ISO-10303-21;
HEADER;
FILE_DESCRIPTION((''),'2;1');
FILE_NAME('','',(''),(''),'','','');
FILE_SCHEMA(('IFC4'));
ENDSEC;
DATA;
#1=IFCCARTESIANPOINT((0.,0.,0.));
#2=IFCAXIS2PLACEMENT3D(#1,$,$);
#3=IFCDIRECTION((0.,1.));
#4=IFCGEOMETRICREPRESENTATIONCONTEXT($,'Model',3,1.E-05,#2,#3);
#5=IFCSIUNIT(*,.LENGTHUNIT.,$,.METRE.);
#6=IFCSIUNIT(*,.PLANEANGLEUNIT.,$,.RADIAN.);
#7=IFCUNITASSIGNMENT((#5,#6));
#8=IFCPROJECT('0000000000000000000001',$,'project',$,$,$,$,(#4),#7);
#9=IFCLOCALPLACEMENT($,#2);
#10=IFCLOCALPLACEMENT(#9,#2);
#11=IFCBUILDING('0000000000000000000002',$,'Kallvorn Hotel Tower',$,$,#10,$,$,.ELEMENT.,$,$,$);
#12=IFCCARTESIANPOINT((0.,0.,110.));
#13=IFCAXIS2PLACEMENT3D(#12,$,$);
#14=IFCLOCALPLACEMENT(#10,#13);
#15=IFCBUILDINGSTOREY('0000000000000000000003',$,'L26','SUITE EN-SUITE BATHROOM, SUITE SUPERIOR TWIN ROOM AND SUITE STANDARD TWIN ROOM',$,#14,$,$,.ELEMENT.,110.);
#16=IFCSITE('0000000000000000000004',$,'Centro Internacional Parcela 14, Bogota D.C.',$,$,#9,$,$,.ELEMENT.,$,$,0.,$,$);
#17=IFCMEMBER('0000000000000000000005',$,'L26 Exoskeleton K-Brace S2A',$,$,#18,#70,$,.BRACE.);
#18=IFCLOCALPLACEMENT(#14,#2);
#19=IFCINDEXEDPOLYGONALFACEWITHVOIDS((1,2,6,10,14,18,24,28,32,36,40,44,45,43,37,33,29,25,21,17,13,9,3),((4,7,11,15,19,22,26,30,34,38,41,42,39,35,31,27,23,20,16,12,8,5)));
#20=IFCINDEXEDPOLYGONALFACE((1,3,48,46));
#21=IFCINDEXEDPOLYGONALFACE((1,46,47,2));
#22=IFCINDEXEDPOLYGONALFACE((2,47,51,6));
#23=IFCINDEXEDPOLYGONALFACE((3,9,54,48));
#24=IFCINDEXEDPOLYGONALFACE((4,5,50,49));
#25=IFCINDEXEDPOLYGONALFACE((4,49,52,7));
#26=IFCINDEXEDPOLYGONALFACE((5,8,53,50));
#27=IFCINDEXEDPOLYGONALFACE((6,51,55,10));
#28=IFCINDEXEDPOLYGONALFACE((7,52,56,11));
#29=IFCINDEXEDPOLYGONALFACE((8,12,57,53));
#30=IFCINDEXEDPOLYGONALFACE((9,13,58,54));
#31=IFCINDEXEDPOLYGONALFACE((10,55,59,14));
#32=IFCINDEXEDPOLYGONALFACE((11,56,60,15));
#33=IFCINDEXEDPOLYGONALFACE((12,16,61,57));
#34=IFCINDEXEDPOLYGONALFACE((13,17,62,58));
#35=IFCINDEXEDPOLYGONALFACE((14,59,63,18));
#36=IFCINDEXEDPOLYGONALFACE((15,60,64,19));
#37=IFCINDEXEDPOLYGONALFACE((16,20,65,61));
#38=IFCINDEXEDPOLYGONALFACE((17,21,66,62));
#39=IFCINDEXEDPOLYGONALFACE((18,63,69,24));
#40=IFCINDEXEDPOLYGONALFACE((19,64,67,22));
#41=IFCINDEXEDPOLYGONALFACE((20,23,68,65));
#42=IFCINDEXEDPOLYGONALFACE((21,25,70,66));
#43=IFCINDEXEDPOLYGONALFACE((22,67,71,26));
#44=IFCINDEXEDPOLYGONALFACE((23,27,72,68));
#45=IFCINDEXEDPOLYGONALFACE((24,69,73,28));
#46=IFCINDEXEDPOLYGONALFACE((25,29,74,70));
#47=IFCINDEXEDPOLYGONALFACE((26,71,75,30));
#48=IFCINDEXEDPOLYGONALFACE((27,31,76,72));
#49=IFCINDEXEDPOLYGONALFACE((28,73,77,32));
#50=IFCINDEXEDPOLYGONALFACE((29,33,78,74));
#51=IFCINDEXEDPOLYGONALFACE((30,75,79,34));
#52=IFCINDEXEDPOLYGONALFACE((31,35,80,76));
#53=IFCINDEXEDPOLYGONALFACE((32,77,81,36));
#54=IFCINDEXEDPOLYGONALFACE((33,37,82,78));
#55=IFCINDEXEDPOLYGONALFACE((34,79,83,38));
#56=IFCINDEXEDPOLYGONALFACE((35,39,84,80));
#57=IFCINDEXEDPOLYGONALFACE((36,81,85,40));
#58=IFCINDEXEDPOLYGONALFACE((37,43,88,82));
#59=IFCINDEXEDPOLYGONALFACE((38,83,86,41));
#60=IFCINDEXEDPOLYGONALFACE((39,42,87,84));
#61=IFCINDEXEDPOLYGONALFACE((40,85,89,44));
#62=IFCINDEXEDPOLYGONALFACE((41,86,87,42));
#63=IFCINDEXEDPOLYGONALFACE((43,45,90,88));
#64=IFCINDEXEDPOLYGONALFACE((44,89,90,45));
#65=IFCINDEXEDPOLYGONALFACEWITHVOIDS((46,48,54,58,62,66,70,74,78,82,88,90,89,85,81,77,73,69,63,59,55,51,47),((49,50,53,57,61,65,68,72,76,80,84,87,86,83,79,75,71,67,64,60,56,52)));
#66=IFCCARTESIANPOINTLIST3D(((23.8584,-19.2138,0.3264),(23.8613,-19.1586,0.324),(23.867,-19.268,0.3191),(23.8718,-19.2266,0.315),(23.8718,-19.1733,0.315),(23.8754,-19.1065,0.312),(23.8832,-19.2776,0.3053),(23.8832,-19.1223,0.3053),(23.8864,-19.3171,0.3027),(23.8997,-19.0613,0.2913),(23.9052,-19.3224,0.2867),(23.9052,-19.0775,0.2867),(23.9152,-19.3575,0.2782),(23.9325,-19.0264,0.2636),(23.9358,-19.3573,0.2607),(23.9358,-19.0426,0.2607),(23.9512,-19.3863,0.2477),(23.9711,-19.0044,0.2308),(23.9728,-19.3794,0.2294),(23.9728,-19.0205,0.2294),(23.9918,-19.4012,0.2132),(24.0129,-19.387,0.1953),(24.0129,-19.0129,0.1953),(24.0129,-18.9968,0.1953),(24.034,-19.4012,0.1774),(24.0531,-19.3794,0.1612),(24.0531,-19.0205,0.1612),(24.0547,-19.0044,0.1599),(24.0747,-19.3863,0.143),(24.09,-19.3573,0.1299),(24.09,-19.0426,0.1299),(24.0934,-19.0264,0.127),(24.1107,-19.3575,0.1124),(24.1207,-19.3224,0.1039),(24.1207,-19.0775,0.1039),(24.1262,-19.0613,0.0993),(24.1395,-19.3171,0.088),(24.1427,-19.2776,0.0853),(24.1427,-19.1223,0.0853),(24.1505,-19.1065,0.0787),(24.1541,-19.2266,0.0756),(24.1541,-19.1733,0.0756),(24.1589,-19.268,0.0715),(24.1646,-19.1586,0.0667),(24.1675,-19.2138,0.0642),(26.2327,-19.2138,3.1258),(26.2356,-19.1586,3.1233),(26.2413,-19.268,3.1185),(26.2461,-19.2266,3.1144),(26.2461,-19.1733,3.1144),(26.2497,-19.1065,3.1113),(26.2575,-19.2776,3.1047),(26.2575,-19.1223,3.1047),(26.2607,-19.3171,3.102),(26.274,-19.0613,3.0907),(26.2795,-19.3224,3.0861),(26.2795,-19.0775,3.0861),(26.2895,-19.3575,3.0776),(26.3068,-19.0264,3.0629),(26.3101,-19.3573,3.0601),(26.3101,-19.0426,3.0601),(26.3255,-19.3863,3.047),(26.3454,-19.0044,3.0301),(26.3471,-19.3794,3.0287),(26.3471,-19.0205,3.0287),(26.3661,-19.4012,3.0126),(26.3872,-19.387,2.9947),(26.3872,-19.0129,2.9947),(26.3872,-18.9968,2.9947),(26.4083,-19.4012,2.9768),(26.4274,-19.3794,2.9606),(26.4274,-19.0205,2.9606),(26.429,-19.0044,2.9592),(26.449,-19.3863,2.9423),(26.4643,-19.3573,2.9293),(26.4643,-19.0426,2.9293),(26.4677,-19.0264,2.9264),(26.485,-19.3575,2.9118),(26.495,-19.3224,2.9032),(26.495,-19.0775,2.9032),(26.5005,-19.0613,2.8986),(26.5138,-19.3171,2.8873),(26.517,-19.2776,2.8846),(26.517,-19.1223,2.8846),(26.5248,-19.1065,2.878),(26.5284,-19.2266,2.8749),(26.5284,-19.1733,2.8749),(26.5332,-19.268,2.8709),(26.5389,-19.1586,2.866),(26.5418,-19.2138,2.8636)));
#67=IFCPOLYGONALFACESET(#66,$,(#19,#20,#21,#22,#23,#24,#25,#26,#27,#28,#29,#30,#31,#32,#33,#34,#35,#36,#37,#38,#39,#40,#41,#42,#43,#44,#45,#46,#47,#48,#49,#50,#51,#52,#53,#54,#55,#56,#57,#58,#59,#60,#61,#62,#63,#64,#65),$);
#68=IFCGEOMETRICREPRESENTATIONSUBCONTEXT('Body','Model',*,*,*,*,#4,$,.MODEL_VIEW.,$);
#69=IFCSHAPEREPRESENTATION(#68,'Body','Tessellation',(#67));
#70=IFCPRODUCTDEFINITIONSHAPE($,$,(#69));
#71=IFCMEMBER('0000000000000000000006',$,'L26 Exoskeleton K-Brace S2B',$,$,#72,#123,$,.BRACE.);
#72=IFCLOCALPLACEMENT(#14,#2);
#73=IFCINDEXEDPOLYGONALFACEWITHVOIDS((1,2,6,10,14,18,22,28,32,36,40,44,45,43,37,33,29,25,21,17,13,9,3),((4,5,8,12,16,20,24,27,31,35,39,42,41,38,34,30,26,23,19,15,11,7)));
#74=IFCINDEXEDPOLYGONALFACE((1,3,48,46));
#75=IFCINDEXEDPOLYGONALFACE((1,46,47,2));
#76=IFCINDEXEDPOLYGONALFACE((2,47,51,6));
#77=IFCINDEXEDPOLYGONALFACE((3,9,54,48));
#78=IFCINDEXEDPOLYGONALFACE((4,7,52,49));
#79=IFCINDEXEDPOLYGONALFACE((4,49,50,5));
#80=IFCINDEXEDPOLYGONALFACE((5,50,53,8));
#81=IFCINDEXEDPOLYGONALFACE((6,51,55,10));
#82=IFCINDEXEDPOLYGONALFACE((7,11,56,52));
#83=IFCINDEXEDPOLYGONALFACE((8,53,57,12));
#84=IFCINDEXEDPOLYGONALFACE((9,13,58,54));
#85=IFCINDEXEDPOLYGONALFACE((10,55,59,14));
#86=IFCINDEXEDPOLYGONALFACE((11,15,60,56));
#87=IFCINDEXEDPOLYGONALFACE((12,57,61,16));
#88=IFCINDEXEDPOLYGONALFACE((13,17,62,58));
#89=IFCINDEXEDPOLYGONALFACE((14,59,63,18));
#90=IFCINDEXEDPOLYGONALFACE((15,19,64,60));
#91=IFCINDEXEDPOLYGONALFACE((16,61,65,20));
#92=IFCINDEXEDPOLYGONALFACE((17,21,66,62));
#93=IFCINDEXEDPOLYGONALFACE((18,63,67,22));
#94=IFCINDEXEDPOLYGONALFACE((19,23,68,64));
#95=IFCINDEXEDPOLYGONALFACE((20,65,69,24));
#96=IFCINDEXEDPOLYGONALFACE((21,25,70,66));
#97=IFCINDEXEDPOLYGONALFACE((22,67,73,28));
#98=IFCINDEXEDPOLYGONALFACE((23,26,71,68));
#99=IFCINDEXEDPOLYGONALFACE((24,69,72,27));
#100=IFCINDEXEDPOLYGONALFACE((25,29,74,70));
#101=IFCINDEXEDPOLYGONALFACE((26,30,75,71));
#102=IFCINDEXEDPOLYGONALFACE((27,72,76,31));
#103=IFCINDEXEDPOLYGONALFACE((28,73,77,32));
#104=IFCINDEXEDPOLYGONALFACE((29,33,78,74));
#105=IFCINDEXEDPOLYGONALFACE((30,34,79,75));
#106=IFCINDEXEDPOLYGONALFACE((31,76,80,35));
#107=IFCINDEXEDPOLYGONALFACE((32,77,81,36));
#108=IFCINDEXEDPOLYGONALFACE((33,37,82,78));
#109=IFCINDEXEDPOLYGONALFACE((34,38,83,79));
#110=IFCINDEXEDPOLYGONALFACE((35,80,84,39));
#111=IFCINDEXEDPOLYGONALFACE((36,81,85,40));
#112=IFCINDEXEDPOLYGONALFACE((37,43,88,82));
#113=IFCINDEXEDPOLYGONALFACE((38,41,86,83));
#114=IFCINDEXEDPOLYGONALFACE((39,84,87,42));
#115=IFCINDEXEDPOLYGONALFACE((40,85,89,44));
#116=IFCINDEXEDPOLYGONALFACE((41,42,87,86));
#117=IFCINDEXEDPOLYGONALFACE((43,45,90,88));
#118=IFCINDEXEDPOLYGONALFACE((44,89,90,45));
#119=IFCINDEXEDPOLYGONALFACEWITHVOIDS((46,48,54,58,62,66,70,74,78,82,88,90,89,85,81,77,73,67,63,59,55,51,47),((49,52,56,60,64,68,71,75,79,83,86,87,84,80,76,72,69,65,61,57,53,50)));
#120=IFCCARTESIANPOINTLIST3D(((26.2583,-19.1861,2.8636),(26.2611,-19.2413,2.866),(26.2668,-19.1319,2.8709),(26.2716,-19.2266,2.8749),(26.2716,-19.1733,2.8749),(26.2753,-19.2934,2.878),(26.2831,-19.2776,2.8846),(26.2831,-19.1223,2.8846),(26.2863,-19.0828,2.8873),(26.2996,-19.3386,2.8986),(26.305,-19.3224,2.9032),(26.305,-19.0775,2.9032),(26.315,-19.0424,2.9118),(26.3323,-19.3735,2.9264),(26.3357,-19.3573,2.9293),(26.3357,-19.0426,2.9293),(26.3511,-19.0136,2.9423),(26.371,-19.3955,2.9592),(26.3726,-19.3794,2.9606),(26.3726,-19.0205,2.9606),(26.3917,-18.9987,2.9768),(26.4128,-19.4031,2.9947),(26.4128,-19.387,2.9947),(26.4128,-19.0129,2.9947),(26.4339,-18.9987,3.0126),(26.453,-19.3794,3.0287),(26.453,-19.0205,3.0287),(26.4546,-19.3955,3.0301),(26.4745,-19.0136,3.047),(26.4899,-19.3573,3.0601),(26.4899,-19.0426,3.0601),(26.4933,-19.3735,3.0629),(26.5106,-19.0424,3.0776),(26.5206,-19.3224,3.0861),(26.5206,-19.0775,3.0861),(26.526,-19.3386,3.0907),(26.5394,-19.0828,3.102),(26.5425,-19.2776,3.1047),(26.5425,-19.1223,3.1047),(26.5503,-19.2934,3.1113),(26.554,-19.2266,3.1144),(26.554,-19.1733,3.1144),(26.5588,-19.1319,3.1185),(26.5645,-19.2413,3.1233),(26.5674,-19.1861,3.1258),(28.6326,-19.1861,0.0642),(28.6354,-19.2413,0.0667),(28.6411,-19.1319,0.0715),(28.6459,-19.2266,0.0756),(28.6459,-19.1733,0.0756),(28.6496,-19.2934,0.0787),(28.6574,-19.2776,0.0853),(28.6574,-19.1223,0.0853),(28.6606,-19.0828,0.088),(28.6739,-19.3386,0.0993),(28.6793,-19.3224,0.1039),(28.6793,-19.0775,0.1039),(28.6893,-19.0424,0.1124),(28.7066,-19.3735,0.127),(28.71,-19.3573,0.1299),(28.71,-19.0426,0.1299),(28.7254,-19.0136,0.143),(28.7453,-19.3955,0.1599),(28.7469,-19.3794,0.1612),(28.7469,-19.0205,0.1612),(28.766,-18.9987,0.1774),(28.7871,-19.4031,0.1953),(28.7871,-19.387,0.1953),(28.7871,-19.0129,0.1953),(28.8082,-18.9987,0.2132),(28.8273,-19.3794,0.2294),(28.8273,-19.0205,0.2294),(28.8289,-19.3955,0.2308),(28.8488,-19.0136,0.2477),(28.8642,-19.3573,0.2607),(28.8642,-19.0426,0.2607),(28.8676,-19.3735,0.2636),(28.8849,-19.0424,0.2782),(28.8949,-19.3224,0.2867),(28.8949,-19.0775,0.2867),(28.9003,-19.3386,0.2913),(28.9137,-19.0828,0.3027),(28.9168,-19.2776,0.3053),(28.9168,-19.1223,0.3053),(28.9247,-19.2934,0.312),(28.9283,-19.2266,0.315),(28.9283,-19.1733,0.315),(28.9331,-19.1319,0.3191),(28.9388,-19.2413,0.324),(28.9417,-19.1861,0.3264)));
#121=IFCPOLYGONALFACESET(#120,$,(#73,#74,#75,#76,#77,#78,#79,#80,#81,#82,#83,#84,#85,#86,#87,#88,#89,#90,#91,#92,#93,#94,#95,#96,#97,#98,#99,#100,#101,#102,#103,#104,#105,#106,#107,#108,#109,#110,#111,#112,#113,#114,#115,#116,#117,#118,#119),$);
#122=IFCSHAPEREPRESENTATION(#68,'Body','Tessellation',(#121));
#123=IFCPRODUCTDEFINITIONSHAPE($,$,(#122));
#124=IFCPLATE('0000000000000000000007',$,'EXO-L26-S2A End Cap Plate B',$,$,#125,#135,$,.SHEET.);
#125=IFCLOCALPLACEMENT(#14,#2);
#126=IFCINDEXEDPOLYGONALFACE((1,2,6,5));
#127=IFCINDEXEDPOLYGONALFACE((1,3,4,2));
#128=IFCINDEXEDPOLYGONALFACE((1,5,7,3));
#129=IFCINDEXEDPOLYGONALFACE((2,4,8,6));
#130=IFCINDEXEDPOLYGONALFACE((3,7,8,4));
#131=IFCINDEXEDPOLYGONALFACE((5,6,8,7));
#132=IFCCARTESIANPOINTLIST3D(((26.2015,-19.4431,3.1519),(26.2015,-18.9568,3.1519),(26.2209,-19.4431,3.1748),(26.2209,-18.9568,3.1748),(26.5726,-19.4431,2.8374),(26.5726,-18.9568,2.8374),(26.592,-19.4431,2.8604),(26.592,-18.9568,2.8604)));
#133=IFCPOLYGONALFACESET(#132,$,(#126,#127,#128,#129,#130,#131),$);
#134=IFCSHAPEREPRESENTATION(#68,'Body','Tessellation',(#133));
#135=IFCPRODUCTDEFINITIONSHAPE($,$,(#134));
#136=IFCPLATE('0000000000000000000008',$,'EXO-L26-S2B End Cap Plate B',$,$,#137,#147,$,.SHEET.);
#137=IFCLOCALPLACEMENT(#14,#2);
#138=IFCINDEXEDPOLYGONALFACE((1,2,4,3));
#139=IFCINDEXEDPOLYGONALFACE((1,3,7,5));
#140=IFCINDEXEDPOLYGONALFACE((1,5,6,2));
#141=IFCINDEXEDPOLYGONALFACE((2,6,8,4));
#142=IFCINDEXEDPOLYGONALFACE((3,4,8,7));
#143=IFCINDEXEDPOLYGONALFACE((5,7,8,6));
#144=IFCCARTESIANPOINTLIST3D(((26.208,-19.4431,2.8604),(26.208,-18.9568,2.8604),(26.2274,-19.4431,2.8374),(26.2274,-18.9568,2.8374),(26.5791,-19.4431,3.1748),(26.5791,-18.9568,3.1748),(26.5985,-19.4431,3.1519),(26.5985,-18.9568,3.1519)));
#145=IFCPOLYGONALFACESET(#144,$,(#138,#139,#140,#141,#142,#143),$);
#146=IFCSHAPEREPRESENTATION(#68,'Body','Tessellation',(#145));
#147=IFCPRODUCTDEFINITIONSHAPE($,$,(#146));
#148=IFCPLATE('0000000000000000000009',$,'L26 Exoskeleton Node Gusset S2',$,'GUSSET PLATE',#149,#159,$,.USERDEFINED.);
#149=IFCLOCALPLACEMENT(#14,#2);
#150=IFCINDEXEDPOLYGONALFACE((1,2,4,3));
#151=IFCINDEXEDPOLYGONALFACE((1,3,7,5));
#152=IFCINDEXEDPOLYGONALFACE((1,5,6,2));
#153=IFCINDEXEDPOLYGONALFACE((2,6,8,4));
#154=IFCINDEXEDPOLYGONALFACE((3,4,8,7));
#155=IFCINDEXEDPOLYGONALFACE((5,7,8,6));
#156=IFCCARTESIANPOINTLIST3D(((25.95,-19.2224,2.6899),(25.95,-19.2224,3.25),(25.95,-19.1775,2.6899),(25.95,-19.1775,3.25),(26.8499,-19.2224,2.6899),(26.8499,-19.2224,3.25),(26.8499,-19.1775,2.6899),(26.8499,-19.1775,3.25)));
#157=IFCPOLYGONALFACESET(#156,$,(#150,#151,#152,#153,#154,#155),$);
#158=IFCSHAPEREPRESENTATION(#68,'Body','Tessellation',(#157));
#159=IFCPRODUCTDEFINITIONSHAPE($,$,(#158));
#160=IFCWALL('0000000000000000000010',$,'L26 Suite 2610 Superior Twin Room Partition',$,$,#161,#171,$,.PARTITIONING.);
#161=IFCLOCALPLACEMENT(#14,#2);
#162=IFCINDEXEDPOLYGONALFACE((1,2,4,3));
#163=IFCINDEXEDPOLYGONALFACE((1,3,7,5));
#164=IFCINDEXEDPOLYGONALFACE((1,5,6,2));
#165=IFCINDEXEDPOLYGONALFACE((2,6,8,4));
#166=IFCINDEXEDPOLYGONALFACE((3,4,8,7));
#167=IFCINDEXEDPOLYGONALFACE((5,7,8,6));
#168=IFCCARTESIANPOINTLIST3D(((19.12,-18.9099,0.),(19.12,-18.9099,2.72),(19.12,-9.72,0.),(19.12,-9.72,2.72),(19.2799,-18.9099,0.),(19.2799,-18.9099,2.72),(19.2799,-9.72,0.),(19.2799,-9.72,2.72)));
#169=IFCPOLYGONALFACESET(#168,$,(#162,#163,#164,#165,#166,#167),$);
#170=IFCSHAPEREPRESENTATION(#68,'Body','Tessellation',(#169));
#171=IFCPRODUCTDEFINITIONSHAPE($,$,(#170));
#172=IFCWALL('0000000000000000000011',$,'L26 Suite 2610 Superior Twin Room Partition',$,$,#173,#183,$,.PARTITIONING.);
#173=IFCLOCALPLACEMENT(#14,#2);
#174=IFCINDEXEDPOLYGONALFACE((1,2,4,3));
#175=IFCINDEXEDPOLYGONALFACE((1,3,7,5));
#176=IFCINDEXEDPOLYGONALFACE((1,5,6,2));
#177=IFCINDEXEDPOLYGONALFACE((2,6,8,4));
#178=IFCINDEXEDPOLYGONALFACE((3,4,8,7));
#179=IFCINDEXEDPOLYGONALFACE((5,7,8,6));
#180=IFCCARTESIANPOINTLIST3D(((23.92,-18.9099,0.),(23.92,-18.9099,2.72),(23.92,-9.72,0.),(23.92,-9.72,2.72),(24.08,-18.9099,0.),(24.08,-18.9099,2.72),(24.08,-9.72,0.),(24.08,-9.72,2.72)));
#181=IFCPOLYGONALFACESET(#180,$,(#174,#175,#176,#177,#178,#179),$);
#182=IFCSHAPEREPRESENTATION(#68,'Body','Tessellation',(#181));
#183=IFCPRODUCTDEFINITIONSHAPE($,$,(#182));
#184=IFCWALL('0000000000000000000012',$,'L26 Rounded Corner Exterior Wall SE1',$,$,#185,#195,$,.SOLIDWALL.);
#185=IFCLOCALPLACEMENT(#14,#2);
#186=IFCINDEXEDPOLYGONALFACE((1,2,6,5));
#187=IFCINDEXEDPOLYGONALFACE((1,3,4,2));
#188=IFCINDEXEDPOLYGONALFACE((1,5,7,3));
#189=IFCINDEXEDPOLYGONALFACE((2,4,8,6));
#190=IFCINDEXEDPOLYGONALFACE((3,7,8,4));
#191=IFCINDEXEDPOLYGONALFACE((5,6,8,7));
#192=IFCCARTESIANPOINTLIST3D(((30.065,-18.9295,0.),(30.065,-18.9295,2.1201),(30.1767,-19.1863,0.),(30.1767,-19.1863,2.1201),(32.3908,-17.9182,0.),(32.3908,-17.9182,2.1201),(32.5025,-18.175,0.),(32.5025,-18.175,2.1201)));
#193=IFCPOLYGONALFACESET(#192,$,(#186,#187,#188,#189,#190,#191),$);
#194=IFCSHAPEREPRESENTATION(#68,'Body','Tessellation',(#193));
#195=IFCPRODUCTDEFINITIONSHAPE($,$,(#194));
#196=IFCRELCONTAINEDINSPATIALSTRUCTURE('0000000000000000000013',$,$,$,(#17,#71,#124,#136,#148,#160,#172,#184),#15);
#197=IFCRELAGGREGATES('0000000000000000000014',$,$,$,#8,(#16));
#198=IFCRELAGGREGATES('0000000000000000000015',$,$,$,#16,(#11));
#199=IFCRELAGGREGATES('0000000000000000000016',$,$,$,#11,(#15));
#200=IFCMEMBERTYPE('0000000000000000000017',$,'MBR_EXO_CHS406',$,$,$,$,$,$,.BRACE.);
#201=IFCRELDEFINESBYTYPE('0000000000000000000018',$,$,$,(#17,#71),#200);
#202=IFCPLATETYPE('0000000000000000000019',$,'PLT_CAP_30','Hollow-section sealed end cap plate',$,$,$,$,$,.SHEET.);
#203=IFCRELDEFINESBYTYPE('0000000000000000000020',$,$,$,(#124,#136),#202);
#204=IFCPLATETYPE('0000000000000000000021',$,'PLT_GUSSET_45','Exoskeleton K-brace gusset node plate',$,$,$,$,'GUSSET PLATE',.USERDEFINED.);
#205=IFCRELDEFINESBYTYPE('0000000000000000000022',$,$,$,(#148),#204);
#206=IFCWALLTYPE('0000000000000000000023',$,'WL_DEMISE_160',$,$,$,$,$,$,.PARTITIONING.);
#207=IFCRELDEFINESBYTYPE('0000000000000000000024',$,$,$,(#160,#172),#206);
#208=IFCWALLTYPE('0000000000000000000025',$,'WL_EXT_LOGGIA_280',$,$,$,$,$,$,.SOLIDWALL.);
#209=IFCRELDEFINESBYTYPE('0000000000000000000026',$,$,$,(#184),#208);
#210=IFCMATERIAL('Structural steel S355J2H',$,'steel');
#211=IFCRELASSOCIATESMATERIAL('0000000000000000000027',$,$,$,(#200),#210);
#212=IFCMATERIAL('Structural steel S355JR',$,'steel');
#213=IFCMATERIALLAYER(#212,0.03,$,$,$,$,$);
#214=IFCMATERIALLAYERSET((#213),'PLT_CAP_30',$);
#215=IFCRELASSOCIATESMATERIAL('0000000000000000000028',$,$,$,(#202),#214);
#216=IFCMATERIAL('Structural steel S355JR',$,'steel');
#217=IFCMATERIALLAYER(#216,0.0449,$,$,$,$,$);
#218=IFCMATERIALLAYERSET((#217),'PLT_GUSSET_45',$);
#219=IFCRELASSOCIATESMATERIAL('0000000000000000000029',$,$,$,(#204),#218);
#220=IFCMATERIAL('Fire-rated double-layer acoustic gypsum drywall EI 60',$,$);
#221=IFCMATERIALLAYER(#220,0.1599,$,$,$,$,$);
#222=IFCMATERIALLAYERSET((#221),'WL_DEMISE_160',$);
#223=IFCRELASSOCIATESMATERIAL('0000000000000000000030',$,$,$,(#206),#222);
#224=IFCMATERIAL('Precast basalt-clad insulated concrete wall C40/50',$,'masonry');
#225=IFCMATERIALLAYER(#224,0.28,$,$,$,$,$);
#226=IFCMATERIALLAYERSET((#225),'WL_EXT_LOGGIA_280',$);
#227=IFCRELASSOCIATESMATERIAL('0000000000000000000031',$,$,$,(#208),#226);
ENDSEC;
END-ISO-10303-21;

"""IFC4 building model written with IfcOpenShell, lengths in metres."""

from ifc_helpers import new_model, si_unit, direction, frame, frame_2d, origin, origin_2d, place, context, subcontext, project, spatial, polyline, rectangle, hollow_circle, outline, extrude, material, layer, layer_set, material_profile, profile_set, type_object, element, save


model = new_model("IFC4")

# Units and contexts
model_context = context("Model", 3, precision=1e-05, world=origin(), true_north=direction((0.0, 1.0)))
body_context = subcontext(model_context, "Body", "Model", "MODEL_VIEW")
ifc_project = project(units=[si_unit("LENGTHUNIT", "METRE"), si_unit("PLANEANGLEUNIT", "RADIAN")], contexts=[model_context])

# Site, building, storey
site_placement = place(None, origin())
site = spatial("IfcSite", under=ifc_project, at=site_placement, Name="Centro Internacional Parcela 14, Bogota D.C.", CompositionType="ELEMENT", RefElevation=0.0)
building_placement = place(site_placement, origin())
building = spatial("IfcBuilding", under=site, at=building_placement, Name="Kallvorn Hotel Tower", CompositionType="ELEMENT")
storey_placement = place(building_placement, frame((0.0, 0.0, 110.0)))
storey = spatial("IfcBuildingStorey", under=building, at=storey_placement, Name="L26", Description="SUITE EN-SUITE BATHROOM, SUITE SUPERIOR TWIN ROOM AND SUITE STANDARD TWIN ROOM", CompositionType="ELEMENT", Elevation=110.0)

# Members
ifc_material_1 = material(Name="Structural steel S355J2H", Category="steel")
ifc_material_profile_1 = material_profile(ifc_material_1, hollow_circle(Radius=0.2031, WallThickness=0.0161, at=origin_2d()), Name="CHS 406.4x16")
ifc_profile_set_1 = profile_set([ifc_material_profile_1], Name="Structural steel S355J2H")
member_type = type_object("IfcMemberType", Name="MBR_EXO_CHS406", PredefinedType="BRACE", material=ifc_profile_set_1)
for number, where, z_axis, x_axis, name in (
    (1, (24.0129, -19.2, 0.1953), (0.646833, 0.0, 0.762631), (0.0, 1.0, 0.0), "L26 Exoskeleton K-Brace S2A"),
    (2, (28.7871, -19.2, 0.1953), (-0.646833, 0.0, 0.762631), (0.0, -1.0, 0.0), "L26 Exoskeleton K-Brace S2B"),
):
    element("IfcMember", number, at=place(storey_placement, frame(where, z_axis=z_axis, x_axis=x_axis)), inside=storey, type_object=member_type, Name=name, PredefinedType="BRACE", context=body_context, shape_type="SweptSolid", body=[
        extrude(hollow_circle(Radius=0.2031, WallThickness=0.0161, at=origin_2d()), origin(), (0.0, 0.0, 1.0), 3.6707),
    ])

# Plates
ifc_material_2 = material(Name="Structural steel S355JR", Category="steel")
ifc_layer_1 = layer(ifc_material_2, 0.03)
ifc_layer_set_1 = layer_set([ifc_layer_1], Name="PLT_CAP_30")
plate_type_1 = type_object("IfcPlateType", Name="PLT_CAP_30", Description="Hollow-section sealed end cap plate", PredefinedType="SHEET", material=ifc_layer_set_1)
for number, where, z_axis, x_axis, name in (
    (3, (26.592, -19.4431, 2.8604), (0.646482, 0.0, 0.762929), (0.0, 1.0, 0.0), "EXO-L26-S2A End Cap Plate B"),
    (4, (26.208, -18.9568, 2.8604), (-0.646482, 0.0, 0.762929), (0.0, -1.0, 0.0), "EXO-L26-S2B End Cap Plate B"),
):
    element("IfcPlate", number, at=place(storey_placement, frame(where, z_axis=z_axis, x_axis=x_axis)), inside=storey, type_object=plate_type_1, Name=name, PredefinedType="SHEET", context=body_context, shape_type="SweptSolid", body=[
        extrude(outline(polyline([(0.0, 0.0), (0.4863, 0.0), (0.4863, 0.4864), (0.0, 0.4864), (0.0, 0.0)])), origin(), (0.0, 0.0, -1.0), 0.03),
    ])
ifc_material_3 = material(Name="Structural steel S355JR", Category="steel")
ifc_layer_2 = layer(ifc_material_3, 0.0449)
ifc_layer_set_2 = layer_set([ifc_layer_2], Name="PLT_GUSSET_45")
plate_type_2 = type_object("IfcPlateType", Name="PLT_GUSSET_45", Description="Exoskeleton K-brace gusset node plate", ElementType="GUSSET PLATE", PredefinedType="USERDEFINED", material=ifc_layer_set_2)
plate_placement = place(storey_placement, frame((26.3999, -19.2, 2.6899), z_axis=(0.0, 0.0, 1.0), x_axis=(1.0, 0.0, 0.0)))
element("IfcPlate", 5, at=plate_placement, inside=storey, type_object=plate_type_2, Name="L26 Exoskeleton Node Gusset S2", ObjectType="GUSSET PLATE", PredefinedType="USERDEFINED", context=body_context, shape_type="SweptSolid", body=[
    extrude(rectangle(XDim=0.8999, YDim=0.0449, at=origin_2d()), origin(), (0.0, 0.0, 1.0), 0.5601),
])

# Walls
ifc_material_4 = material(Name="Fire-rated double-layer acoustic gypsum drywall EI 60")
ifc_layer_3 = layer(ifc_material_4, 0.1599)
ifc_layer_set_3 = layer_set([ifc_layer_3], Name="WL_DEMISE_160")
wall_type_1 = type_object("IfcWallType", Name="WL_DEMISE_160", PredefinedType="PARTITIONING", material=ifc_layer_set_3)
for number, where, z_axis, x_axis, name in (
    (6, (19.2, -18.9099, 0.0), (0.0, 0.0, 1.0), (0.0, 1.0, 0.0), "L26 Suite 2610 Superior Twin Room Partition"),
    (7, (24.0, -18.9099, 0.0), (0.0, 0.0, 1.0), (0.0, 1.0, 0.0), "L26 Suite 2610 Superior Twin Room Partition"),
):
    element("IfcWall", number, at=place(storey_placement, frame(where, z_axis=z_axis, x_axis=x_axis)), inside=storey, type_object=wall_type_1, Name=name, PredefinedType="PARTITIONING", context=body_context, shape_type="SweptSolid", body=[
        extrude(rectangle(XDim=9.1899, YDim=0.1599, at=frame_2d((4.595, 0.0))), origin(), (0.0, 0.0, 1.0), 2.72),
    ])
ifc_material_5 = material(Name="Precast basalt-clad insulated concrete wall C40/50", Category="masonry")
ifc_layer_4 = layer(ifc_material_5, 0.28)
ifc_layer_set_4 = layer_set([ifc_layer_4], Name="WL_EXT_LOGGIA_280")
wall_type_2 = type_object("IfcWallType", Name="WL_EXT_LOGGIA_280", PredefinedType="SOLIDWALL", material=ifc_layer_set_4)
wall_1_placement = place(storey_placement, frame((30.1208, -19.0579, 0.0), z_axis=(0.0, 0.0, 1.0), x_axis=(0.917061, 0.398747, 0.0)))
element("IfcWall", 8, at=wall_1_placement, inside=storey, type_object=wall_type_2, Name="L26 Rounded Corner Exterior Wall SE1", PredefinedType="SOLIDWALL", context=body_context, shape_type="SweptSolid", body=[
    extrude(rectangle(XDim=2.5361, YDim=0.28, at=frame_2d((1.2681, 0.0))), origin(), (0.0, 0.0, 1.0), 2.1201),
])

save(model, "model.ifc")
